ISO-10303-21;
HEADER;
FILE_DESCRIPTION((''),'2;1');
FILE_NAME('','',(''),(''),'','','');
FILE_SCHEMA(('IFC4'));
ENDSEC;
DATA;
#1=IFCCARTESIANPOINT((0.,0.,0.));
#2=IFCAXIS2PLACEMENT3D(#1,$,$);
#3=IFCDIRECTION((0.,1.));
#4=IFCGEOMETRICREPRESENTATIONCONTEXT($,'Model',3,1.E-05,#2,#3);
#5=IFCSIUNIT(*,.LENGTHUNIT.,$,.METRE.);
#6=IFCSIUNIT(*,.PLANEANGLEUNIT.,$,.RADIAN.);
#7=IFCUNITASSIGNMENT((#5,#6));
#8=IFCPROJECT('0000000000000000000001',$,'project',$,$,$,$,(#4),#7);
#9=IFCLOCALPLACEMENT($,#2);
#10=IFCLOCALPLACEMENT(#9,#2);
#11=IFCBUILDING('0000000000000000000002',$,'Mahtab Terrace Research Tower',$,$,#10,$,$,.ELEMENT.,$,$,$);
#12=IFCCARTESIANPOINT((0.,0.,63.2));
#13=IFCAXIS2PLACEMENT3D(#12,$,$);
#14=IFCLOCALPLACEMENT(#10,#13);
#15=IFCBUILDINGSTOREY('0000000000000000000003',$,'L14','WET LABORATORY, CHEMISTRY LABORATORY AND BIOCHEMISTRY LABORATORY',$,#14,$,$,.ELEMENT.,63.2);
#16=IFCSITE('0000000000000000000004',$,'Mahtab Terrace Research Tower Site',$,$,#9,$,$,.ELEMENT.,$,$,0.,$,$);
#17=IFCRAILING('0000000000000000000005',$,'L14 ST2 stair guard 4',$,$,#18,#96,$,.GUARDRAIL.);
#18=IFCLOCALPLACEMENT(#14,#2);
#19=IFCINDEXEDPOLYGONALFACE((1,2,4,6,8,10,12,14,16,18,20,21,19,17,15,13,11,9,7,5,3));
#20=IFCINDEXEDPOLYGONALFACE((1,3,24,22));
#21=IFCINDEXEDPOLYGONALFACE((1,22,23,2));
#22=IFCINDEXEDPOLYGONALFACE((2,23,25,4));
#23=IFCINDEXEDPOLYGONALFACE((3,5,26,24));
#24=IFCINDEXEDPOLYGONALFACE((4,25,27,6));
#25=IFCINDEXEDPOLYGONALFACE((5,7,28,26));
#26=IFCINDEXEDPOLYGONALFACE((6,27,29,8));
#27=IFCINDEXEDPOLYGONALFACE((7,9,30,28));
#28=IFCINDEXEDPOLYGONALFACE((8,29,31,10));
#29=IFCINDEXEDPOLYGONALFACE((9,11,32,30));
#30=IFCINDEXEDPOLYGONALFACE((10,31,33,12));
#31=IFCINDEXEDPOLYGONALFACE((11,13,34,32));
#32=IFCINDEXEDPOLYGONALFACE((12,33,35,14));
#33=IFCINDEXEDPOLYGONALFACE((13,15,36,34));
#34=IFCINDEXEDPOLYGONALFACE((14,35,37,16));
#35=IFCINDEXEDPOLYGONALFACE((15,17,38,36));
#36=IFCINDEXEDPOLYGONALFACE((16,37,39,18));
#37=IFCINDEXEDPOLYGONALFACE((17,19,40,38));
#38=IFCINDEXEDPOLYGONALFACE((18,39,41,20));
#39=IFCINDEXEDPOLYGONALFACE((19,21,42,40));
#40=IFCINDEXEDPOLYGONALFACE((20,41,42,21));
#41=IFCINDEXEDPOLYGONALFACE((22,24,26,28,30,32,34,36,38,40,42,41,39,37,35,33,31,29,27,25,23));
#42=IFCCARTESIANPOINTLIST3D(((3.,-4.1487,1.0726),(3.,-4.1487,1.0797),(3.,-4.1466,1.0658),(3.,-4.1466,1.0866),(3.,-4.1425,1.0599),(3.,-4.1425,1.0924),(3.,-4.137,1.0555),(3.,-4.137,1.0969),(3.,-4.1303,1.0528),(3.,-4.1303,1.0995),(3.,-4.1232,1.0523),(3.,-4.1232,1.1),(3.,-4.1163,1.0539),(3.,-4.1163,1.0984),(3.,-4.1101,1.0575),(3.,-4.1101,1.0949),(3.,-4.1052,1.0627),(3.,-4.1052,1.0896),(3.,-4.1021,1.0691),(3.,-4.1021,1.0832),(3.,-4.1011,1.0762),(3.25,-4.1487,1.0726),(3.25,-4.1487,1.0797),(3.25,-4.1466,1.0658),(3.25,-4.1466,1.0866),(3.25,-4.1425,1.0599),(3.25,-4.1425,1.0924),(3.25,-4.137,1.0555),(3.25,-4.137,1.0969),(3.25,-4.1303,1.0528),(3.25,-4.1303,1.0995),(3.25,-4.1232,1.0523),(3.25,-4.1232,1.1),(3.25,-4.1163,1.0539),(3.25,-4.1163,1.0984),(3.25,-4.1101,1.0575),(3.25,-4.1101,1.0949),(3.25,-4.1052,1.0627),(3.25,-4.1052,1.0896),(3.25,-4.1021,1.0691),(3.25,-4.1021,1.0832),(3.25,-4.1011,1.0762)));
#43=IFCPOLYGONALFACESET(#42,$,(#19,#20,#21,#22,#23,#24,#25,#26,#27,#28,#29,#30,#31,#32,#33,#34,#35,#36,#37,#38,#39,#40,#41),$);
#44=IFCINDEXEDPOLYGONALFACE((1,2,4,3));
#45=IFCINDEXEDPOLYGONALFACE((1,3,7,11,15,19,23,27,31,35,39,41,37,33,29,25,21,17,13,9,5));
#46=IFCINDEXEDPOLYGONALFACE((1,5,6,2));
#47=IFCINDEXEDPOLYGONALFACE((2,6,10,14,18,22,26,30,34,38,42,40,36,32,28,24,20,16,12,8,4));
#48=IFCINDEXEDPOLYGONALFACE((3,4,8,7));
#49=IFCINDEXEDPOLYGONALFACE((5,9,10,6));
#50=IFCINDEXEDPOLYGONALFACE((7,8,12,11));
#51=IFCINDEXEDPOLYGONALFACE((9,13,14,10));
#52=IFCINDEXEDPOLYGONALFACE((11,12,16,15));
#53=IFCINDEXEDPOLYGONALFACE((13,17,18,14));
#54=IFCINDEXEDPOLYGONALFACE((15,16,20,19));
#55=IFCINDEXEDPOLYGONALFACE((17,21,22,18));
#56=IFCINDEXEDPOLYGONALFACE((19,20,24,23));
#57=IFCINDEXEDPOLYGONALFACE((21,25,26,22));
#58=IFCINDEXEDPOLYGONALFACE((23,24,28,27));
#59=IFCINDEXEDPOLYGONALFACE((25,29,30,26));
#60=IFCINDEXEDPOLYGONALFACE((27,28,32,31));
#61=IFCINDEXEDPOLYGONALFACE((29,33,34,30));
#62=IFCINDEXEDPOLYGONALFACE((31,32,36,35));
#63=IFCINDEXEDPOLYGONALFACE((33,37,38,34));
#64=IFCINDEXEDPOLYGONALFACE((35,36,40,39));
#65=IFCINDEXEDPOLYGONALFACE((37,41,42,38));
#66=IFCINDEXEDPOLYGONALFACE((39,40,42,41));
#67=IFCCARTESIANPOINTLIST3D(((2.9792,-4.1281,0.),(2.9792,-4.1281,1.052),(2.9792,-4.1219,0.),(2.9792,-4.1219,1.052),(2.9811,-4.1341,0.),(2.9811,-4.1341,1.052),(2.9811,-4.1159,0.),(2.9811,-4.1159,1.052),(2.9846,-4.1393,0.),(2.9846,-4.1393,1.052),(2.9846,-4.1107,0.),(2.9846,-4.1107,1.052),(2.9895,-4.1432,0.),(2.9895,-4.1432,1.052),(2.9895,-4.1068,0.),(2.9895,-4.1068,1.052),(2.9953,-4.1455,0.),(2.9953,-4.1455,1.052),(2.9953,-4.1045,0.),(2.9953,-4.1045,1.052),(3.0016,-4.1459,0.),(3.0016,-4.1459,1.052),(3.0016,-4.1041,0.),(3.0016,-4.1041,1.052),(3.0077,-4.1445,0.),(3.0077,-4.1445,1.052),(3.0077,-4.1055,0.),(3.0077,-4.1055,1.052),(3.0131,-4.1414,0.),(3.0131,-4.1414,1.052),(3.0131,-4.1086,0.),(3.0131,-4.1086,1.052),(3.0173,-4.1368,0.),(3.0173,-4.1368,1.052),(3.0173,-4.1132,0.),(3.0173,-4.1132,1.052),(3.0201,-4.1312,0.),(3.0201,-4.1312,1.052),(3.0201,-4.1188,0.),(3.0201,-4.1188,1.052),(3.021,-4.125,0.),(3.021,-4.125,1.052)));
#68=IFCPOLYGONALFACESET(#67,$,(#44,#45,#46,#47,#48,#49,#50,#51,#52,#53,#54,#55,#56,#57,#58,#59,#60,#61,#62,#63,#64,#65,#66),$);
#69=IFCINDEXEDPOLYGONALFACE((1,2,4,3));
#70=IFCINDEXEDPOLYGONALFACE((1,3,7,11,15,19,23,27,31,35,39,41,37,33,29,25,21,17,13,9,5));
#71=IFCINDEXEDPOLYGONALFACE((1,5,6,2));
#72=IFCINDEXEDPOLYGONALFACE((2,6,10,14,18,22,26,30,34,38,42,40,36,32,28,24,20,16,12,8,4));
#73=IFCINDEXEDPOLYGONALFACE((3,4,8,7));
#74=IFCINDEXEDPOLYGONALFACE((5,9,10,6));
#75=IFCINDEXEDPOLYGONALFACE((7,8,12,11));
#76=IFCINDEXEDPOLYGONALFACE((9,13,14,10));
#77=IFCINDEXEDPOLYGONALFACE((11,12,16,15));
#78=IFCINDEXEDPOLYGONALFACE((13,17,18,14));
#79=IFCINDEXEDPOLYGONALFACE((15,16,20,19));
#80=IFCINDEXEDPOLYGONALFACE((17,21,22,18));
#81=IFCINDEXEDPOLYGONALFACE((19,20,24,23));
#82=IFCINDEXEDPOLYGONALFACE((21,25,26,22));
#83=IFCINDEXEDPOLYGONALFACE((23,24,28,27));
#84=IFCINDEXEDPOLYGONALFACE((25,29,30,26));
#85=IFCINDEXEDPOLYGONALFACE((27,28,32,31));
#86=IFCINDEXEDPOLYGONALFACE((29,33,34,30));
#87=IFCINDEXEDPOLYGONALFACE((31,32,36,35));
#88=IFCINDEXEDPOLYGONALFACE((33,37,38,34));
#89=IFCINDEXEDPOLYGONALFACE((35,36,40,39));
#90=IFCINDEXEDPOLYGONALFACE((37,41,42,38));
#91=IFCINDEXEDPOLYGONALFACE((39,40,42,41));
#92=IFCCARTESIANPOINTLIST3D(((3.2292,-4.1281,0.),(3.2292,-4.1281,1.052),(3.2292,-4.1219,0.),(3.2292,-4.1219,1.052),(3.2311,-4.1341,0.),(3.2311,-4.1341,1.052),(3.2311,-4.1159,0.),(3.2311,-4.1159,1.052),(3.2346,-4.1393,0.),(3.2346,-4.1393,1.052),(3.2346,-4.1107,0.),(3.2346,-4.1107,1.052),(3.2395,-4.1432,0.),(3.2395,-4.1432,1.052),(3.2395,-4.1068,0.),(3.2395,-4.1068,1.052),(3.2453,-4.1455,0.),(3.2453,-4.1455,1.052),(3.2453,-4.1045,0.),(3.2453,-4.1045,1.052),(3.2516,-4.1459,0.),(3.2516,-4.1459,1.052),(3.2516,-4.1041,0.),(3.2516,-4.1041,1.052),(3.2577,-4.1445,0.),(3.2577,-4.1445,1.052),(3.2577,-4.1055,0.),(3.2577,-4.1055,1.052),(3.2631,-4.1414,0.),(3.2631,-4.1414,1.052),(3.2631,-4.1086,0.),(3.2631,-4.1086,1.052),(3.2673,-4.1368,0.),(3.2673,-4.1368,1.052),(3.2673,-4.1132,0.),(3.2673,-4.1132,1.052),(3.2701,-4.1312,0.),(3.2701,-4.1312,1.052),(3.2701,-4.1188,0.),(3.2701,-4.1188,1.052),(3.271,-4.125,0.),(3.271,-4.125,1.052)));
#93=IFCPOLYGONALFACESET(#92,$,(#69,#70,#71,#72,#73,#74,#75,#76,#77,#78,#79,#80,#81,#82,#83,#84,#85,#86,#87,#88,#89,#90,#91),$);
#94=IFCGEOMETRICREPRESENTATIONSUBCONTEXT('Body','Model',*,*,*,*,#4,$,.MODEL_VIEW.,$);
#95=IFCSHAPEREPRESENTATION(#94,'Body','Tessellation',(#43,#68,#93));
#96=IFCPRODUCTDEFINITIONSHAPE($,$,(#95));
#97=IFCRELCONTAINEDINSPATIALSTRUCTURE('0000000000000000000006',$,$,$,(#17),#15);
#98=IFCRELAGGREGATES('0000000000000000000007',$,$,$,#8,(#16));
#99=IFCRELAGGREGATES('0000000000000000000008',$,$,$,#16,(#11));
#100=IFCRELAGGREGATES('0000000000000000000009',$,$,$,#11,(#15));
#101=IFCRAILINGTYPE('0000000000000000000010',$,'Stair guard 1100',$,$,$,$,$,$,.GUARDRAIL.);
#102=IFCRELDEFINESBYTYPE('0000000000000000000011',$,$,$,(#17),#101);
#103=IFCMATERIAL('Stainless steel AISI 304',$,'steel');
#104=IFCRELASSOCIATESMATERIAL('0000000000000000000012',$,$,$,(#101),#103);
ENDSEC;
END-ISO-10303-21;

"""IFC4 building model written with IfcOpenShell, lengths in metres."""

from ifc_helpers import new_model, si_unit, direction, frame, origin, origin_2d, place, context, subcontext, project, spatial, circle, extrude, material, type_object, element, save


model = new_model("IFC4")

# Units and contexts
model_context = context("Model", 3, precision=1e-05, world=origin(), true_north=direction((0.0, 1.0)))
body_context = subcontext(model_context, "Body", "Model", "MODEL_VIEW")
ifc_project = project(units=[si_unit("LENGTHUNIT", "METRE"), si_unit("PLANEANGLEUNIT", "RADIAN")], contexts=[model_context])

# Site, building, storey
site_placement = place(None, origin())
site = spatial("IfcSite", under=ifc_project, at=site_placement, Name="Mahtab Terrace Research Tower Site", CompositionType="ELEMENT", RefElevation=0.0)
building_placement = place(site_placement, origin())
building = spatial("IfcBuilding", under=site, at=building_placement, Name="Mahtab Terrace Research Tower", CompositionType="ELEMENT")
storey_placement = place(building_placement, frame((0.0, 0.0, 63.2)))
storey = spatial("IfcBuildingStorey", under=building, at=storey_placement, Name="L14", Description="WET LABORATORY, CHEMISTRY LABORATORY AND BIOCHEMISTRY LABORATORY", CompositionType="ELEMENT", Elevation=63.2)

# Railing
ifc_material_1 = material(Name="Stainless steel AISI 304", Category="steel")
railing_type_1 = type_object("IfcRailingType", Name="Stair guard 1100", PredefinedType="GUARDRAIL", material=ifc_material_1)
railing_1_placement = place(storey_placement, frame((3.0, -4.125, 0.0)))
element("IfcRailing", 1, at=railing_1_placement, inside=storey, type_object=railing_type_1, Name="L14 ST2 stair guard 4", PredefinedType="GUARDRAIL", context=body_context, shape_type="SweptSolid", body=[
    extrude(circle(Radius=0.0239, at=origin_2d()), frame((0.0, 0.0, 1.0762), z_axis=(1.0, 0.0, 0.0), x_axis=(0.0, 1.0, 0.0)), (0.0, 0.0, 1.0), 0.25),
    extrude(circle(Radius=0.021, at=origin_2d()), origin(), (0.0, 0.0, 1.0), 1.052),
    extrude(circle(Radius=0.021, at=origin_2d()), frame((0.25, 0.0, 0.0)), (0.0, 0.0, 1.0), 1.052),
])

save(model, "model.ifc")
